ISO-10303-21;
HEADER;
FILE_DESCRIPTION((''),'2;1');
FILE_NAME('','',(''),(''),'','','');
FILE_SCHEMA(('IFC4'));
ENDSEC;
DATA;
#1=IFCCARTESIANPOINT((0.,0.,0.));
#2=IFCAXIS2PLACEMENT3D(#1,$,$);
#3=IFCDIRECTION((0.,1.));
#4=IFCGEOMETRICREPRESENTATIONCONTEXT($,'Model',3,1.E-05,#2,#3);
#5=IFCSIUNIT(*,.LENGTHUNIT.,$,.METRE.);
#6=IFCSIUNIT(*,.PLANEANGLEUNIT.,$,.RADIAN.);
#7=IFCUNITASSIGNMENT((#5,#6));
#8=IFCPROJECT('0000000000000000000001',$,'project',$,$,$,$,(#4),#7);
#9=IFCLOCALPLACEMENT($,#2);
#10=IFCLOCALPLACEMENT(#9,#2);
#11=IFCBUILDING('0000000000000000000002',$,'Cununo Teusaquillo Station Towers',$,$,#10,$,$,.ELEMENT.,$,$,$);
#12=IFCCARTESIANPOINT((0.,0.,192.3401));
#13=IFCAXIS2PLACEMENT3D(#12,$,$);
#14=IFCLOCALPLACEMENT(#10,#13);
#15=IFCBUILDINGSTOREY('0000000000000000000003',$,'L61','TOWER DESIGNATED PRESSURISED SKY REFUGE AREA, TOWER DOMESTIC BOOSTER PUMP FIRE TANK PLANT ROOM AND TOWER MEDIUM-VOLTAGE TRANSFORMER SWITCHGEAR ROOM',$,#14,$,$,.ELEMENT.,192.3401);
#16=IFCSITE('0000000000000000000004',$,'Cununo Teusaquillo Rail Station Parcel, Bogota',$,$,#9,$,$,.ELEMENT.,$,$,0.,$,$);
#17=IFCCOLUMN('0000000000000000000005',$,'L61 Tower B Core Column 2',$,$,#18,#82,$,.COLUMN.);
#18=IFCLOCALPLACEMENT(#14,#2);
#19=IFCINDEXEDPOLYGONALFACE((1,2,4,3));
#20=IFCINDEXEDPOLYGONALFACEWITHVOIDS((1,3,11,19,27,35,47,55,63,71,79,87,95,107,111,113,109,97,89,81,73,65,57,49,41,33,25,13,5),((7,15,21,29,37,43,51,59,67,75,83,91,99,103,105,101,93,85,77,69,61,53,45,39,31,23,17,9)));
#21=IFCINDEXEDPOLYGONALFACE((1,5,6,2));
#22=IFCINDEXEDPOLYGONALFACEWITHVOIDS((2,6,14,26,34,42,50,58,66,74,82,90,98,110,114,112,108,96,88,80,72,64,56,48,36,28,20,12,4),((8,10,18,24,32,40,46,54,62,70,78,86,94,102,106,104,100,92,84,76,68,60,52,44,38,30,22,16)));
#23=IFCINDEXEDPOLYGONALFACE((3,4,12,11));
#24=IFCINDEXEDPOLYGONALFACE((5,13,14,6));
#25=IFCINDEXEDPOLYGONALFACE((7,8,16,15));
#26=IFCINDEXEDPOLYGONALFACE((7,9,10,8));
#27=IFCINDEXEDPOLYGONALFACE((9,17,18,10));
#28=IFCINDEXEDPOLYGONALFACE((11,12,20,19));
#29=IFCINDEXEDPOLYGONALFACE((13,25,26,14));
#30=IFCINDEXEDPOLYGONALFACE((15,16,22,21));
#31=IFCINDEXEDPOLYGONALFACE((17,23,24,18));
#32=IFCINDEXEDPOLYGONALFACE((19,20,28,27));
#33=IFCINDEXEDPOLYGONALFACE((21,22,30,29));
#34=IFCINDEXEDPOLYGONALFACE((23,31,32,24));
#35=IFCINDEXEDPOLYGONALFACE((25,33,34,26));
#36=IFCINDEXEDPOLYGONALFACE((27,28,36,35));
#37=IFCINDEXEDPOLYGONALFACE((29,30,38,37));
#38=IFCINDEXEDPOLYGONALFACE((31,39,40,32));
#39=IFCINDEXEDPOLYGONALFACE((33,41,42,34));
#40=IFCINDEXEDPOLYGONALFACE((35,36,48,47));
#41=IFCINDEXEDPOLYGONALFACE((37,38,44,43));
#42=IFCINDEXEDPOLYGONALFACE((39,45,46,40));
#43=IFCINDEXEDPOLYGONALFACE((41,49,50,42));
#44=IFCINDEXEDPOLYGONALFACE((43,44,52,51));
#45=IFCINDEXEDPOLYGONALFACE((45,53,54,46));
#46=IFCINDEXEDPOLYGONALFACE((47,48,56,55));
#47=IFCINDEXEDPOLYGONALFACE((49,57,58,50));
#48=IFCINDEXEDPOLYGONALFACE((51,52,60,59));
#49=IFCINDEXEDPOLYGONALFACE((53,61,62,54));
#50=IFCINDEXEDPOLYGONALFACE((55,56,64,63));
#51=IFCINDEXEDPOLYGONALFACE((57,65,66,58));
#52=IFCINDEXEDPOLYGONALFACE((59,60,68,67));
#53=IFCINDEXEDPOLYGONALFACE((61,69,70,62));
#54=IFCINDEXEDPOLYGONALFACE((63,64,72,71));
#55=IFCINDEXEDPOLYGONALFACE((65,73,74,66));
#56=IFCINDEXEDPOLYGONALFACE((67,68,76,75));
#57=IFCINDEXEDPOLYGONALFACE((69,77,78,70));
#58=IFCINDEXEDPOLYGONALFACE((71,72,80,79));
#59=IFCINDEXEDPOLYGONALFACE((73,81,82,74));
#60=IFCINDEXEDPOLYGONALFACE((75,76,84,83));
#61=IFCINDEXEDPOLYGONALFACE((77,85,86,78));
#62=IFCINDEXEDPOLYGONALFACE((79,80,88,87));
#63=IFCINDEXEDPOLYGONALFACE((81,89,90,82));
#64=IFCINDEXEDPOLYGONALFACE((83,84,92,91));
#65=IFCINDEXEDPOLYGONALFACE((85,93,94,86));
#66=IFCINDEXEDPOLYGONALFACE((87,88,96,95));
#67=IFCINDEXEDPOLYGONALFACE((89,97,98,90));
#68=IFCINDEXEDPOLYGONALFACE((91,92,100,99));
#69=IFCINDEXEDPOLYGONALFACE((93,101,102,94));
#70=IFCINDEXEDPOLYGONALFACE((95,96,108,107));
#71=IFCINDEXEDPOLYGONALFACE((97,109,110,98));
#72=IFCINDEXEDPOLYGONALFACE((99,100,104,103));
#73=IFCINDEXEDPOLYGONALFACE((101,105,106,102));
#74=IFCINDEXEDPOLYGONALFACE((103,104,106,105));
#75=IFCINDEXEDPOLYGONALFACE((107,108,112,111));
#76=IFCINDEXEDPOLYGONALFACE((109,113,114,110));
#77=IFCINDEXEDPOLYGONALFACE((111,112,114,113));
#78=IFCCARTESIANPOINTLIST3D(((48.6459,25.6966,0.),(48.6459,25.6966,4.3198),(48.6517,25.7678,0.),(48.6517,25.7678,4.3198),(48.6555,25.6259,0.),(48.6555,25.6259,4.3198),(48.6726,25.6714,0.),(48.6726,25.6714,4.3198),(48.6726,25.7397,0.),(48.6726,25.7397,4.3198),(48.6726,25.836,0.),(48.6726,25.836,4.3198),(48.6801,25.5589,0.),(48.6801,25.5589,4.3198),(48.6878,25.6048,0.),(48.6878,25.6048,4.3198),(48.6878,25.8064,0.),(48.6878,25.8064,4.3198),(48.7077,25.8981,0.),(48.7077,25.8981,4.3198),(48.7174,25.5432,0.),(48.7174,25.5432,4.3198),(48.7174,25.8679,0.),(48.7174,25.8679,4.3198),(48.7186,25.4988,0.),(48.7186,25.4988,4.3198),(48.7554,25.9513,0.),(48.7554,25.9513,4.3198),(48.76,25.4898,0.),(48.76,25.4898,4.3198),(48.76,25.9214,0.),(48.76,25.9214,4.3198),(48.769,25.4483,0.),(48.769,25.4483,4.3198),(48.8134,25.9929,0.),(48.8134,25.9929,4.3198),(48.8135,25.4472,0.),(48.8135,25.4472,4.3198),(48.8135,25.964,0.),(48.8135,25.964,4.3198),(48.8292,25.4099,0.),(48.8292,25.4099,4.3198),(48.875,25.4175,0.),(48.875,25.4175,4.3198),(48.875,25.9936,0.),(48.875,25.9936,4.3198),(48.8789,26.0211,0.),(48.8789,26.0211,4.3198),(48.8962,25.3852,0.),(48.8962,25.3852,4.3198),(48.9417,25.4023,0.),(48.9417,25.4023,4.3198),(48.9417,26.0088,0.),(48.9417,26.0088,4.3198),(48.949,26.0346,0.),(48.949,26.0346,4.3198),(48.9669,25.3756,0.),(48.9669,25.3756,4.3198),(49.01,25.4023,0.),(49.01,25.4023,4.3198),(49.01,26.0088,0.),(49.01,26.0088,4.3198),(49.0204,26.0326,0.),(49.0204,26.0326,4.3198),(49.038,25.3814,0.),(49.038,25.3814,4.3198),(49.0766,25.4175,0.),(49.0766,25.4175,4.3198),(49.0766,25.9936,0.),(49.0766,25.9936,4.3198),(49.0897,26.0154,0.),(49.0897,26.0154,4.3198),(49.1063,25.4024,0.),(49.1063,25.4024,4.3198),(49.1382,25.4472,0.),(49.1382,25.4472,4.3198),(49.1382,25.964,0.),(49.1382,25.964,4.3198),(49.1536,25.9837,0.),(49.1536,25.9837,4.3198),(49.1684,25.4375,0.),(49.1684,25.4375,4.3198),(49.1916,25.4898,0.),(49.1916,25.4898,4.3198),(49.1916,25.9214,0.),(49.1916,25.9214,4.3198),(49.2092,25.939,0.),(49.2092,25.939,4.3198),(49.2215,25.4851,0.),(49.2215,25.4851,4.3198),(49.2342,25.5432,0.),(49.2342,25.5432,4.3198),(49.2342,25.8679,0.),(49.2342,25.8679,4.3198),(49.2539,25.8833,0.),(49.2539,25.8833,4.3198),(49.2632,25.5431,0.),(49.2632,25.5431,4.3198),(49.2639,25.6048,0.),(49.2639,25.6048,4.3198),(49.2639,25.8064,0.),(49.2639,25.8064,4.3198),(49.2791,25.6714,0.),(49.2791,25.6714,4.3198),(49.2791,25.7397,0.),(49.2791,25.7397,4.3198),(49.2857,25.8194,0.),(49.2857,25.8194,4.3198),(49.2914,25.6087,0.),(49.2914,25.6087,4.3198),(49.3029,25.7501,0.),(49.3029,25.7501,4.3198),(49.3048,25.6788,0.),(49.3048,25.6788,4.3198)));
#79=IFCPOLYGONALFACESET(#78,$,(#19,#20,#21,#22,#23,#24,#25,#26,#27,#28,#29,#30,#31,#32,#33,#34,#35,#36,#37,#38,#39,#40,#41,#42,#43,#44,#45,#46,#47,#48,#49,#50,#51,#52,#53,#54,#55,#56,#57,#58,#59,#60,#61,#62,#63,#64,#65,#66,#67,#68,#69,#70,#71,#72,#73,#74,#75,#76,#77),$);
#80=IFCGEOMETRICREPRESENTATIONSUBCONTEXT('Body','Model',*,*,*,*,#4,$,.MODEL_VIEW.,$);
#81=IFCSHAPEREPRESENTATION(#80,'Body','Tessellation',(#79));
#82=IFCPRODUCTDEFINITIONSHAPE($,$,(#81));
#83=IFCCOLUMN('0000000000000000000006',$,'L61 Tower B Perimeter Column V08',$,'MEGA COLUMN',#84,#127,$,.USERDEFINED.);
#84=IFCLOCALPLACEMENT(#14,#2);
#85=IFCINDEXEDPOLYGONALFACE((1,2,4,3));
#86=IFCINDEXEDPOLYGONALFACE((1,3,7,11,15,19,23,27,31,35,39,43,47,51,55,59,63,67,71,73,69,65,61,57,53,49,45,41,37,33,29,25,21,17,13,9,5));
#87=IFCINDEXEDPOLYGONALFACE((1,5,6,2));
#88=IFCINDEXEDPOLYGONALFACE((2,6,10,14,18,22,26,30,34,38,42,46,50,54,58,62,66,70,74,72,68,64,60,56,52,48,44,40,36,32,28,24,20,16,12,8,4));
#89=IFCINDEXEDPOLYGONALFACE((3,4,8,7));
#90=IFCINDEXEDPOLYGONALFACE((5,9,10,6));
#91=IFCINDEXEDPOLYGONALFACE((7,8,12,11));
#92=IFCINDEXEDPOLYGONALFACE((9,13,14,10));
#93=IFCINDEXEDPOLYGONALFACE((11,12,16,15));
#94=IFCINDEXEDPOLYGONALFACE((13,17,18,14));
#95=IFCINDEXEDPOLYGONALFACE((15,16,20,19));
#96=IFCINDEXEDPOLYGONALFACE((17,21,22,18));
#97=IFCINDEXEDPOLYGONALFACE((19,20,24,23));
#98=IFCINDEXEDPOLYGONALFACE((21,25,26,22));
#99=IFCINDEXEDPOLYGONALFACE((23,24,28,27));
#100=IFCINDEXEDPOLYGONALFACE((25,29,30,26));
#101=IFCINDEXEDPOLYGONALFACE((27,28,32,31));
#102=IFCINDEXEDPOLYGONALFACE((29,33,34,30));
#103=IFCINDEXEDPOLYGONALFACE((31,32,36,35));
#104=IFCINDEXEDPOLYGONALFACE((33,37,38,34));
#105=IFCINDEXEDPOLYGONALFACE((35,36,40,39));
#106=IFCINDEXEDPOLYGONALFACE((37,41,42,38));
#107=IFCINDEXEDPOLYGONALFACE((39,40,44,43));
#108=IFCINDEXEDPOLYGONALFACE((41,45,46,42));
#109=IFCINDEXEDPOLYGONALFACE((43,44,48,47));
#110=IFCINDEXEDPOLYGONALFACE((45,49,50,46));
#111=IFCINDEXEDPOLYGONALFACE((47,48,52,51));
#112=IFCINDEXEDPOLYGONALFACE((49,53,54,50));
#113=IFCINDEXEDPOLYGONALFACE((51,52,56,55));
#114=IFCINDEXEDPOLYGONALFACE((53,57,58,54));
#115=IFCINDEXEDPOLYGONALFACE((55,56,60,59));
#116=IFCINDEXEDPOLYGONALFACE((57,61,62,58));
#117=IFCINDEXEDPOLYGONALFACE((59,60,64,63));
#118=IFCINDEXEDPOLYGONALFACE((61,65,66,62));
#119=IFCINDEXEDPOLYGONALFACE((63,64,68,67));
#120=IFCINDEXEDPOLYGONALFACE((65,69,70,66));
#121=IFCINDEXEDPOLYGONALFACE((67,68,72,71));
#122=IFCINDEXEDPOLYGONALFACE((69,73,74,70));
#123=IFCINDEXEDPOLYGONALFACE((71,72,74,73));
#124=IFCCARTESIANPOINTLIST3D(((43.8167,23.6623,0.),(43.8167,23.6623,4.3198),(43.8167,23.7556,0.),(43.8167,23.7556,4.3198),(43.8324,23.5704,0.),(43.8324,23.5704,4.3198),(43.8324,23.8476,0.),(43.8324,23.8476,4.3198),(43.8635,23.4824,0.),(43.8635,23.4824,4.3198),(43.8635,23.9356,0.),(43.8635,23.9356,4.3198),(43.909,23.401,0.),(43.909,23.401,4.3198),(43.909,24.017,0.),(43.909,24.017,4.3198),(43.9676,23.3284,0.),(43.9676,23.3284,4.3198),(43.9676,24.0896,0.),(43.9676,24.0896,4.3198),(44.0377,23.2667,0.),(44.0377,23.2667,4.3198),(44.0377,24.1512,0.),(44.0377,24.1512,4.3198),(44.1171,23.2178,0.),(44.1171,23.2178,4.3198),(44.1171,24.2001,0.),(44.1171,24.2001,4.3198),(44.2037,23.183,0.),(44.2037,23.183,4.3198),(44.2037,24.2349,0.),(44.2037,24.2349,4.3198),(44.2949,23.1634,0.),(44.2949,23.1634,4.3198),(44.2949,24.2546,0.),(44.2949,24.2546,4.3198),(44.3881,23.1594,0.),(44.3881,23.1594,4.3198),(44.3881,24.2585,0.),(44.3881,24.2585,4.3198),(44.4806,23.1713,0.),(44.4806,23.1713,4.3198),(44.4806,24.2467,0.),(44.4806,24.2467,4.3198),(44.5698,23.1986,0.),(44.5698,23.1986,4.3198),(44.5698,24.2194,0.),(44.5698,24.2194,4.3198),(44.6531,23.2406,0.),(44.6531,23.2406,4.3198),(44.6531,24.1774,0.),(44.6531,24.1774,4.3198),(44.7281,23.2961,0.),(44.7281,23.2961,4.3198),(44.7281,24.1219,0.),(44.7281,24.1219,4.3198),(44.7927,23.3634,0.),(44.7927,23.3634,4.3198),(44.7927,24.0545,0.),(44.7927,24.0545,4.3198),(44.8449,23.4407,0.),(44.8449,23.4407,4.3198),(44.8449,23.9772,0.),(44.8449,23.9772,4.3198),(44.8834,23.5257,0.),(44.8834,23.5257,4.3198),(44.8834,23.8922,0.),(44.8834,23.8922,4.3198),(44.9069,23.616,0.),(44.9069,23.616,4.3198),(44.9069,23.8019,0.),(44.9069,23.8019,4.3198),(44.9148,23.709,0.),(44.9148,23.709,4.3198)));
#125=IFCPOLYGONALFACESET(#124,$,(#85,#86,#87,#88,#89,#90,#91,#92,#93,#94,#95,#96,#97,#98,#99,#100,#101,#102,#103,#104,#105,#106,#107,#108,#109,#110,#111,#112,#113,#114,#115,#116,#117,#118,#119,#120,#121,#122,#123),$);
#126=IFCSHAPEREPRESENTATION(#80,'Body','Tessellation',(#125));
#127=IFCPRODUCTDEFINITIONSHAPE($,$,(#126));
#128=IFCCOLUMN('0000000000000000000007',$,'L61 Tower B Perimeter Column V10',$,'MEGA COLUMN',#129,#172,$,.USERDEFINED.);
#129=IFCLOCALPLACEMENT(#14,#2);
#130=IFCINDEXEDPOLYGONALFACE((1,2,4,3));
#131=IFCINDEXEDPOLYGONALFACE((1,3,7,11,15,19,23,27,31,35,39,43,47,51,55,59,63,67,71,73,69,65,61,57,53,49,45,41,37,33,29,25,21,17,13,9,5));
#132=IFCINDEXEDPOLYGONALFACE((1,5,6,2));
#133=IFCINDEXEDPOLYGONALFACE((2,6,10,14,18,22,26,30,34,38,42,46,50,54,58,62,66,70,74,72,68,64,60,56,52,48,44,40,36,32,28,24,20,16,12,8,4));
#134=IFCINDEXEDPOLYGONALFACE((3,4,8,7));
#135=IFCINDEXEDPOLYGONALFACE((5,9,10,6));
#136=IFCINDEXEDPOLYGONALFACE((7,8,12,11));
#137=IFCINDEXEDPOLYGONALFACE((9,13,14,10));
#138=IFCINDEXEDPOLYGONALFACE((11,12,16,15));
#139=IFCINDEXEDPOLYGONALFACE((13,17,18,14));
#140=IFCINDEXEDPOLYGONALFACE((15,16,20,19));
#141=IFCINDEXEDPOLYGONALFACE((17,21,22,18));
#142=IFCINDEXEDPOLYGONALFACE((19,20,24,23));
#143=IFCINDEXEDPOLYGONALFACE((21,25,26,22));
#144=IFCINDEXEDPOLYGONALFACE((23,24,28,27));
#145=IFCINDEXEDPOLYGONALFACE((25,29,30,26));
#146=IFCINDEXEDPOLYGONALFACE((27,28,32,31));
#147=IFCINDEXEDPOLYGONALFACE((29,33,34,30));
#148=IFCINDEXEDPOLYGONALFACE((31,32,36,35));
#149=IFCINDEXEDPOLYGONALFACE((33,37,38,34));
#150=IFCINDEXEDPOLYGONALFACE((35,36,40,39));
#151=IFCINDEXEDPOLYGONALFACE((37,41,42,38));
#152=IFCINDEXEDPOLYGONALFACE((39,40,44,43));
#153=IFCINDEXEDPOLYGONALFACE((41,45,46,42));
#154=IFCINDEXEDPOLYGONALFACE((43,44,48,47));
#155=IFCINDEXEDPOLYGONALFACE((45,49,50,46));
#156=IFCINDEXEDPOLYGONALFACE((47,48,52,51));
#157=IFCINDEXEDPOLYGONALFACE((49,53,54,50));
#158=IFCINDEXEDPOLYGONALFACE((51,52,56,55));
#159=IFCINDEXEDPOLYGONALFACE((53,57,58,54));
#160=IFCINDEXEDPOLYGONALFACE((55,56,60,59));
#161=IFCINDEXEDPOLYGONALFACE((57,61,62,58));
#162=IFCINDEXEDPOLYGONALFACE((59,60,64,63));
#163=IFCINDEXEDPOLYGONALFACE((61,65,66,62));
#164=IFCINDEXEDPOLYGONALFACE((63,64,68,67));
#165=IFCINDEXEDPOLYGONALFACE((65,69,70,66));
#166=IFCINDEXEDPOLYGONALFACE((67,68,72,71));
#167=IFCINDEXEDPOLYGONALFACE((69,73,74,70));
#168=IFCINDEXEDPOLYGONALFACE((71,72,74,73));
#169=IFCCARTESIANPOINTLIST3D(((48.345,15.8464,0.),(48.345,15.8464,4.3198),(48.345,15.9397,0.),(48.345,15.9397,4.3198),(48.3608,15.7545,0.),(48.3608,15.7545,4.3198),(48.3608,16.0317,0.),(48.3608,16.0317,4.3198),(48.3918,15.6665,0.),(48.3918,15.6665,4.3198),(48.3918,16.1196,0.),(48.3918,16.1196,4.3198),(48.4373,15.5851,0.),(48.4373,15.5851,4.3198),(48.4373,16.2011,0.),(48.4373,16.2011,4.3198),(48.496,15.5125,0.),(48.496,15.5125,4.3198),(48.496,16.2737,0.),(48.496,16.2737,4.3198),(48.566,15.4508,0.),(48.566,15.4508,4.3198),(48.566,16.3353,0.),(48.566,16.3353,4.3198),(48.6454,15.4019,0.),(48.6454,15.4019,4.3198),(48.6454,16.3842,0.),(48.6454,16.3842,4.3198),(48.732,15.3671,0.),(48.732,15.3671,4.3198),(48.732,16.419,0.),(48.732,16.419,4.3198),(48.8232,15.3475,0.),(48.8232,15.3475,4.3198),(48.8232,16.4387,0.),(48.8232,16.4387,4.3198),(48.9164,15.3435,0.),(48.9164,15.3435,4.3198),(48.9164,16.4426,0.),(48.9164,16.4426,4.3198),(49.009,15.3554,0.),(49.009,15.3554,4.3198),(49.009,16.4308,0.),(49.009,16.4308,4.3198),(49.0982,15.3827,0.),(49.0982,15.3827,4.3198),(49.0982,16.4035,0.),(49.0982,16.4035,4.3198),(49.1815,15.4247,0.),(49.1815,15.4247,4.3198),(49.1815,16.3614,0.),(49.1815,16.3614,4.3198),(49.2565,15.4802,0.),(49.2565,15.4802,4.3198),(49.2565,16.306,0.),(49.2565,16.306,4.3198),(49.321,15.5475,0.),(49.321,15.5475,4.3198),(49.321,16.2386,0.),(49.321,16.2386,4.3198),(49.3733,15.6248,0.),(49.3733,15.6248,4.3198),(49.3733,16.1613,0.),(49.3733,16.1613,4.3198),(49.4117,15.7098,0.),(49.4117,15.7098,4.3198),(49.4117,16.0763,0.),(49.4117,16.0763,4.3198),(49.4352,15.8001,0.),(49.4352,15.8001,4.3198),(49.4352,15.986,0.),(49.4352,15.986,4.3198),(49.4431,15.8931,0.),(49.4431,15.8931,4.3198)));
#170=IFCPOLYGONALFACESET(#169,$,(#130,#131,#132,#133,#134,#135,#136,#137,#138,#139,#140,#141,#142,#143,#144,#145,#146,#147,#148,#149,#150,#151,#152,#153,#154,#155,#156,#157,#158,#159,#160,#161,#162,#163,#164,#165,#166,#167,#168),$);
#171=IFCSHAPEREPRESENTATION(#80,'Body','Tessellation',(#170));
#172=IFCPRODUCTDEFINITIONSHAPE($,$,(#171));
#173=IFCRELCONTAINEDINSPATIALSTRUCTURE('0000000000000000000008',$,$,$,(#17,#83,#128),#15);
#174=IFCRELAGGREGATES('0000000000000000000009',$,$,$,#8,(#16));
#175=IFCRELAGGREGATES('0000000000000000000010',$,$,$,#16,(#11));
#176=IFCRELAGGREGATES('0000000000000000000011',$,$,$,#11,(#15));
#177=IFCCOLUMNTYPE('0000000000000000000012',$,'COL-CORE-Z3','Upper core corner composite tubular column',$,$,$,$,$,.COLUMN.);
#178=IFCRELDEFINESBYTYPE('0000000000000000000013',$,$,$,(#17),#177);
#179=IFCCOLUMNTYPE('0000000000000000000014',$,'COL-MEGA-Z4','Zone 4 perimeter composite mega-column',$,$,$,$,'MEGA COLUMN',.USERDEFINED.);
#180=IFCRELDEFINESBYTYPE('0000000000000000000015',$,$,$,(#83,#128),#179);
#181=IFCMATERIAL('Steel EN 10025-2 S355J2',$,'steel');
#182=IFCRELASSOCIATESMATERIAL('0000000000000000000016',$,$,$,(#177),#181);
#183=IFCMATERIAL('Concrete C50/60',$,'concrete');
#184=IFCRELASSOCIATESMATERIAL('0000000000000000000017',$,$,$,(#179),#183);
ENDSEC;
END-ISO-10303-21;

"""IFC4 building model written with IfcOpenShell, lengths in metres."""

from ifc_helpers import new_model, si_unit, direction, frame, origin, origin_2d, place, context, subcontext, project, spatial, circle, hollow_circle, extrude, material, material_profile, profile_set, type_object, element, save


model = new_model("IFC4")

# Units and contexts
model_context = context("Model", 3, precision=1e-05, world=origin(), true_north=direction((0.0, 1.0)))
body_context = subcontext(model_context, "Body", "Model", "MODEL_VIEW")
ifc_project = project(units=[si_unit("LENGTHUNIT", "METRE"), si_unit("PLANEANGLEUNIT", "RADIAN")], contexts=[model_context])

# Site, building, storey
site_placement = place(None, origin())
site = spatial("IfcSite", under=ifc_project, at=site_placement, Name="Cununo Teusaquillo Rail Station Parcel, Bogota", CompositionType="ELEMENT", RefElevation=0.0)
building_placement = place(site_placement, origin())
building = spatial("IfcBuilding", under=site, at=building_placement, Name="Cununo Teusaquillo Station Towers", CompositionType="ELEMENT")
storey_placement = place(building_placement, frame((0.0, 0.0, 192.3401)))
storey = spatial("IfcBuildingStorey", under=building, at=storey_placement, Name="L61", Description="TOWER DESIGNATED PRESSURISED SKY REFUGE AREA, TOWER DOMESTIC BOOSTER PUMP FIRE TANK PLANT ROOM AND TOWER MEDIUM-VOLTAGE TRANSFORMER SWITCHGEAR ROOM", CompositionType="ELEMENT", Elevation=192.3401)

# Columns
ifc_material_1 = material(Name="Steel EN 10025-2 S355J2", Category="steel")
ifc_material_profile_1 = material_profile(ifc_material_1, hollow_circle(Radius=0.3301, WallThickness=0.0249, at=origin_2d()), Name="CHS 660x25")
ifc_profile_set_1 = profile_set([ifc_material_profile_1], Name="Steel EN 10025-2 S355J2")
column_type_1 = type_object("IfcColumnType", Name="COL-CORE-Z3", Description="Upper core corner composite tubular column", PredefinedType="COLUMN", material=ifc_profile_set_1)
column_placement = place(storey_placement, frame((48.9758, 25.7056, 0.0), z_axis=(0.0, 0.0, 1.0), x_axis=(0.707107, 0.707107, 0.0)))
element("IfcColumn", 1, at=column_placement, inside=storey, type_object=column_type_1, Name="L61 Tower B Core Column 2", PredefinedType="COLUMN", context=body_context, shape_type="SweptSolid", body=[
    extrude(hollow_circle(Radius=0.3301, WallThickness=0.0249, at=origin_2d()), origin(), (0.0, 0.0, 1.0), 4.3198),
])
ifc_material_2 = material(Name="Concrete C50/60", Category="concrete")
ifc_material_profile_2 = material_profile(ifc_material_2, circle(Radius=0.55, at=origin_2d()), Name="RC-CIRC-1100")
ifc_profile_set_2 = profile_set([ifc_material_profile_2], Name="Concrete C50/60")
column_type_2 = type_object("IfcColumnType", Name="COL-MEGA-Z4", Description="Zone 4 perimeter composite mega-column", ElementType="MEGA COLUMN", PredefinedType="USERDEFINED", material=ifc_profile_set_2)
for number, where, z_axis, x_axis, name in (
    (2, (44.3647, 23.709, 0.0), (0.0, 0.0, 1.0), (1.0, 0.0, 0.0), "L61 Tower B Perimeter Column V08"),
    (3, (48.8931, 15.8931, 0.0), (0.0, 0.0, 1.0), (1.0, 0.0, 0.0), "L61 Tower B Perimeter Column V10"),
):
    element("IfcColumn", number, at=place(storey_placement, frame(where, z_axis=z_axis, x_axis=x_axis)), inside=storey, type_object=column_type_2, Name=name, ObjectType="MEGA COLUMN", PredefinedType="USERDEFINED", context=body_context, shape_type="SweptSolid", body=[
        extrude(circle(Radius=0.55, at=origin_2d()), origin(), (0.0, 0.0, 1.0), 4.3198),
    ])

save(model, "model.ifc")
